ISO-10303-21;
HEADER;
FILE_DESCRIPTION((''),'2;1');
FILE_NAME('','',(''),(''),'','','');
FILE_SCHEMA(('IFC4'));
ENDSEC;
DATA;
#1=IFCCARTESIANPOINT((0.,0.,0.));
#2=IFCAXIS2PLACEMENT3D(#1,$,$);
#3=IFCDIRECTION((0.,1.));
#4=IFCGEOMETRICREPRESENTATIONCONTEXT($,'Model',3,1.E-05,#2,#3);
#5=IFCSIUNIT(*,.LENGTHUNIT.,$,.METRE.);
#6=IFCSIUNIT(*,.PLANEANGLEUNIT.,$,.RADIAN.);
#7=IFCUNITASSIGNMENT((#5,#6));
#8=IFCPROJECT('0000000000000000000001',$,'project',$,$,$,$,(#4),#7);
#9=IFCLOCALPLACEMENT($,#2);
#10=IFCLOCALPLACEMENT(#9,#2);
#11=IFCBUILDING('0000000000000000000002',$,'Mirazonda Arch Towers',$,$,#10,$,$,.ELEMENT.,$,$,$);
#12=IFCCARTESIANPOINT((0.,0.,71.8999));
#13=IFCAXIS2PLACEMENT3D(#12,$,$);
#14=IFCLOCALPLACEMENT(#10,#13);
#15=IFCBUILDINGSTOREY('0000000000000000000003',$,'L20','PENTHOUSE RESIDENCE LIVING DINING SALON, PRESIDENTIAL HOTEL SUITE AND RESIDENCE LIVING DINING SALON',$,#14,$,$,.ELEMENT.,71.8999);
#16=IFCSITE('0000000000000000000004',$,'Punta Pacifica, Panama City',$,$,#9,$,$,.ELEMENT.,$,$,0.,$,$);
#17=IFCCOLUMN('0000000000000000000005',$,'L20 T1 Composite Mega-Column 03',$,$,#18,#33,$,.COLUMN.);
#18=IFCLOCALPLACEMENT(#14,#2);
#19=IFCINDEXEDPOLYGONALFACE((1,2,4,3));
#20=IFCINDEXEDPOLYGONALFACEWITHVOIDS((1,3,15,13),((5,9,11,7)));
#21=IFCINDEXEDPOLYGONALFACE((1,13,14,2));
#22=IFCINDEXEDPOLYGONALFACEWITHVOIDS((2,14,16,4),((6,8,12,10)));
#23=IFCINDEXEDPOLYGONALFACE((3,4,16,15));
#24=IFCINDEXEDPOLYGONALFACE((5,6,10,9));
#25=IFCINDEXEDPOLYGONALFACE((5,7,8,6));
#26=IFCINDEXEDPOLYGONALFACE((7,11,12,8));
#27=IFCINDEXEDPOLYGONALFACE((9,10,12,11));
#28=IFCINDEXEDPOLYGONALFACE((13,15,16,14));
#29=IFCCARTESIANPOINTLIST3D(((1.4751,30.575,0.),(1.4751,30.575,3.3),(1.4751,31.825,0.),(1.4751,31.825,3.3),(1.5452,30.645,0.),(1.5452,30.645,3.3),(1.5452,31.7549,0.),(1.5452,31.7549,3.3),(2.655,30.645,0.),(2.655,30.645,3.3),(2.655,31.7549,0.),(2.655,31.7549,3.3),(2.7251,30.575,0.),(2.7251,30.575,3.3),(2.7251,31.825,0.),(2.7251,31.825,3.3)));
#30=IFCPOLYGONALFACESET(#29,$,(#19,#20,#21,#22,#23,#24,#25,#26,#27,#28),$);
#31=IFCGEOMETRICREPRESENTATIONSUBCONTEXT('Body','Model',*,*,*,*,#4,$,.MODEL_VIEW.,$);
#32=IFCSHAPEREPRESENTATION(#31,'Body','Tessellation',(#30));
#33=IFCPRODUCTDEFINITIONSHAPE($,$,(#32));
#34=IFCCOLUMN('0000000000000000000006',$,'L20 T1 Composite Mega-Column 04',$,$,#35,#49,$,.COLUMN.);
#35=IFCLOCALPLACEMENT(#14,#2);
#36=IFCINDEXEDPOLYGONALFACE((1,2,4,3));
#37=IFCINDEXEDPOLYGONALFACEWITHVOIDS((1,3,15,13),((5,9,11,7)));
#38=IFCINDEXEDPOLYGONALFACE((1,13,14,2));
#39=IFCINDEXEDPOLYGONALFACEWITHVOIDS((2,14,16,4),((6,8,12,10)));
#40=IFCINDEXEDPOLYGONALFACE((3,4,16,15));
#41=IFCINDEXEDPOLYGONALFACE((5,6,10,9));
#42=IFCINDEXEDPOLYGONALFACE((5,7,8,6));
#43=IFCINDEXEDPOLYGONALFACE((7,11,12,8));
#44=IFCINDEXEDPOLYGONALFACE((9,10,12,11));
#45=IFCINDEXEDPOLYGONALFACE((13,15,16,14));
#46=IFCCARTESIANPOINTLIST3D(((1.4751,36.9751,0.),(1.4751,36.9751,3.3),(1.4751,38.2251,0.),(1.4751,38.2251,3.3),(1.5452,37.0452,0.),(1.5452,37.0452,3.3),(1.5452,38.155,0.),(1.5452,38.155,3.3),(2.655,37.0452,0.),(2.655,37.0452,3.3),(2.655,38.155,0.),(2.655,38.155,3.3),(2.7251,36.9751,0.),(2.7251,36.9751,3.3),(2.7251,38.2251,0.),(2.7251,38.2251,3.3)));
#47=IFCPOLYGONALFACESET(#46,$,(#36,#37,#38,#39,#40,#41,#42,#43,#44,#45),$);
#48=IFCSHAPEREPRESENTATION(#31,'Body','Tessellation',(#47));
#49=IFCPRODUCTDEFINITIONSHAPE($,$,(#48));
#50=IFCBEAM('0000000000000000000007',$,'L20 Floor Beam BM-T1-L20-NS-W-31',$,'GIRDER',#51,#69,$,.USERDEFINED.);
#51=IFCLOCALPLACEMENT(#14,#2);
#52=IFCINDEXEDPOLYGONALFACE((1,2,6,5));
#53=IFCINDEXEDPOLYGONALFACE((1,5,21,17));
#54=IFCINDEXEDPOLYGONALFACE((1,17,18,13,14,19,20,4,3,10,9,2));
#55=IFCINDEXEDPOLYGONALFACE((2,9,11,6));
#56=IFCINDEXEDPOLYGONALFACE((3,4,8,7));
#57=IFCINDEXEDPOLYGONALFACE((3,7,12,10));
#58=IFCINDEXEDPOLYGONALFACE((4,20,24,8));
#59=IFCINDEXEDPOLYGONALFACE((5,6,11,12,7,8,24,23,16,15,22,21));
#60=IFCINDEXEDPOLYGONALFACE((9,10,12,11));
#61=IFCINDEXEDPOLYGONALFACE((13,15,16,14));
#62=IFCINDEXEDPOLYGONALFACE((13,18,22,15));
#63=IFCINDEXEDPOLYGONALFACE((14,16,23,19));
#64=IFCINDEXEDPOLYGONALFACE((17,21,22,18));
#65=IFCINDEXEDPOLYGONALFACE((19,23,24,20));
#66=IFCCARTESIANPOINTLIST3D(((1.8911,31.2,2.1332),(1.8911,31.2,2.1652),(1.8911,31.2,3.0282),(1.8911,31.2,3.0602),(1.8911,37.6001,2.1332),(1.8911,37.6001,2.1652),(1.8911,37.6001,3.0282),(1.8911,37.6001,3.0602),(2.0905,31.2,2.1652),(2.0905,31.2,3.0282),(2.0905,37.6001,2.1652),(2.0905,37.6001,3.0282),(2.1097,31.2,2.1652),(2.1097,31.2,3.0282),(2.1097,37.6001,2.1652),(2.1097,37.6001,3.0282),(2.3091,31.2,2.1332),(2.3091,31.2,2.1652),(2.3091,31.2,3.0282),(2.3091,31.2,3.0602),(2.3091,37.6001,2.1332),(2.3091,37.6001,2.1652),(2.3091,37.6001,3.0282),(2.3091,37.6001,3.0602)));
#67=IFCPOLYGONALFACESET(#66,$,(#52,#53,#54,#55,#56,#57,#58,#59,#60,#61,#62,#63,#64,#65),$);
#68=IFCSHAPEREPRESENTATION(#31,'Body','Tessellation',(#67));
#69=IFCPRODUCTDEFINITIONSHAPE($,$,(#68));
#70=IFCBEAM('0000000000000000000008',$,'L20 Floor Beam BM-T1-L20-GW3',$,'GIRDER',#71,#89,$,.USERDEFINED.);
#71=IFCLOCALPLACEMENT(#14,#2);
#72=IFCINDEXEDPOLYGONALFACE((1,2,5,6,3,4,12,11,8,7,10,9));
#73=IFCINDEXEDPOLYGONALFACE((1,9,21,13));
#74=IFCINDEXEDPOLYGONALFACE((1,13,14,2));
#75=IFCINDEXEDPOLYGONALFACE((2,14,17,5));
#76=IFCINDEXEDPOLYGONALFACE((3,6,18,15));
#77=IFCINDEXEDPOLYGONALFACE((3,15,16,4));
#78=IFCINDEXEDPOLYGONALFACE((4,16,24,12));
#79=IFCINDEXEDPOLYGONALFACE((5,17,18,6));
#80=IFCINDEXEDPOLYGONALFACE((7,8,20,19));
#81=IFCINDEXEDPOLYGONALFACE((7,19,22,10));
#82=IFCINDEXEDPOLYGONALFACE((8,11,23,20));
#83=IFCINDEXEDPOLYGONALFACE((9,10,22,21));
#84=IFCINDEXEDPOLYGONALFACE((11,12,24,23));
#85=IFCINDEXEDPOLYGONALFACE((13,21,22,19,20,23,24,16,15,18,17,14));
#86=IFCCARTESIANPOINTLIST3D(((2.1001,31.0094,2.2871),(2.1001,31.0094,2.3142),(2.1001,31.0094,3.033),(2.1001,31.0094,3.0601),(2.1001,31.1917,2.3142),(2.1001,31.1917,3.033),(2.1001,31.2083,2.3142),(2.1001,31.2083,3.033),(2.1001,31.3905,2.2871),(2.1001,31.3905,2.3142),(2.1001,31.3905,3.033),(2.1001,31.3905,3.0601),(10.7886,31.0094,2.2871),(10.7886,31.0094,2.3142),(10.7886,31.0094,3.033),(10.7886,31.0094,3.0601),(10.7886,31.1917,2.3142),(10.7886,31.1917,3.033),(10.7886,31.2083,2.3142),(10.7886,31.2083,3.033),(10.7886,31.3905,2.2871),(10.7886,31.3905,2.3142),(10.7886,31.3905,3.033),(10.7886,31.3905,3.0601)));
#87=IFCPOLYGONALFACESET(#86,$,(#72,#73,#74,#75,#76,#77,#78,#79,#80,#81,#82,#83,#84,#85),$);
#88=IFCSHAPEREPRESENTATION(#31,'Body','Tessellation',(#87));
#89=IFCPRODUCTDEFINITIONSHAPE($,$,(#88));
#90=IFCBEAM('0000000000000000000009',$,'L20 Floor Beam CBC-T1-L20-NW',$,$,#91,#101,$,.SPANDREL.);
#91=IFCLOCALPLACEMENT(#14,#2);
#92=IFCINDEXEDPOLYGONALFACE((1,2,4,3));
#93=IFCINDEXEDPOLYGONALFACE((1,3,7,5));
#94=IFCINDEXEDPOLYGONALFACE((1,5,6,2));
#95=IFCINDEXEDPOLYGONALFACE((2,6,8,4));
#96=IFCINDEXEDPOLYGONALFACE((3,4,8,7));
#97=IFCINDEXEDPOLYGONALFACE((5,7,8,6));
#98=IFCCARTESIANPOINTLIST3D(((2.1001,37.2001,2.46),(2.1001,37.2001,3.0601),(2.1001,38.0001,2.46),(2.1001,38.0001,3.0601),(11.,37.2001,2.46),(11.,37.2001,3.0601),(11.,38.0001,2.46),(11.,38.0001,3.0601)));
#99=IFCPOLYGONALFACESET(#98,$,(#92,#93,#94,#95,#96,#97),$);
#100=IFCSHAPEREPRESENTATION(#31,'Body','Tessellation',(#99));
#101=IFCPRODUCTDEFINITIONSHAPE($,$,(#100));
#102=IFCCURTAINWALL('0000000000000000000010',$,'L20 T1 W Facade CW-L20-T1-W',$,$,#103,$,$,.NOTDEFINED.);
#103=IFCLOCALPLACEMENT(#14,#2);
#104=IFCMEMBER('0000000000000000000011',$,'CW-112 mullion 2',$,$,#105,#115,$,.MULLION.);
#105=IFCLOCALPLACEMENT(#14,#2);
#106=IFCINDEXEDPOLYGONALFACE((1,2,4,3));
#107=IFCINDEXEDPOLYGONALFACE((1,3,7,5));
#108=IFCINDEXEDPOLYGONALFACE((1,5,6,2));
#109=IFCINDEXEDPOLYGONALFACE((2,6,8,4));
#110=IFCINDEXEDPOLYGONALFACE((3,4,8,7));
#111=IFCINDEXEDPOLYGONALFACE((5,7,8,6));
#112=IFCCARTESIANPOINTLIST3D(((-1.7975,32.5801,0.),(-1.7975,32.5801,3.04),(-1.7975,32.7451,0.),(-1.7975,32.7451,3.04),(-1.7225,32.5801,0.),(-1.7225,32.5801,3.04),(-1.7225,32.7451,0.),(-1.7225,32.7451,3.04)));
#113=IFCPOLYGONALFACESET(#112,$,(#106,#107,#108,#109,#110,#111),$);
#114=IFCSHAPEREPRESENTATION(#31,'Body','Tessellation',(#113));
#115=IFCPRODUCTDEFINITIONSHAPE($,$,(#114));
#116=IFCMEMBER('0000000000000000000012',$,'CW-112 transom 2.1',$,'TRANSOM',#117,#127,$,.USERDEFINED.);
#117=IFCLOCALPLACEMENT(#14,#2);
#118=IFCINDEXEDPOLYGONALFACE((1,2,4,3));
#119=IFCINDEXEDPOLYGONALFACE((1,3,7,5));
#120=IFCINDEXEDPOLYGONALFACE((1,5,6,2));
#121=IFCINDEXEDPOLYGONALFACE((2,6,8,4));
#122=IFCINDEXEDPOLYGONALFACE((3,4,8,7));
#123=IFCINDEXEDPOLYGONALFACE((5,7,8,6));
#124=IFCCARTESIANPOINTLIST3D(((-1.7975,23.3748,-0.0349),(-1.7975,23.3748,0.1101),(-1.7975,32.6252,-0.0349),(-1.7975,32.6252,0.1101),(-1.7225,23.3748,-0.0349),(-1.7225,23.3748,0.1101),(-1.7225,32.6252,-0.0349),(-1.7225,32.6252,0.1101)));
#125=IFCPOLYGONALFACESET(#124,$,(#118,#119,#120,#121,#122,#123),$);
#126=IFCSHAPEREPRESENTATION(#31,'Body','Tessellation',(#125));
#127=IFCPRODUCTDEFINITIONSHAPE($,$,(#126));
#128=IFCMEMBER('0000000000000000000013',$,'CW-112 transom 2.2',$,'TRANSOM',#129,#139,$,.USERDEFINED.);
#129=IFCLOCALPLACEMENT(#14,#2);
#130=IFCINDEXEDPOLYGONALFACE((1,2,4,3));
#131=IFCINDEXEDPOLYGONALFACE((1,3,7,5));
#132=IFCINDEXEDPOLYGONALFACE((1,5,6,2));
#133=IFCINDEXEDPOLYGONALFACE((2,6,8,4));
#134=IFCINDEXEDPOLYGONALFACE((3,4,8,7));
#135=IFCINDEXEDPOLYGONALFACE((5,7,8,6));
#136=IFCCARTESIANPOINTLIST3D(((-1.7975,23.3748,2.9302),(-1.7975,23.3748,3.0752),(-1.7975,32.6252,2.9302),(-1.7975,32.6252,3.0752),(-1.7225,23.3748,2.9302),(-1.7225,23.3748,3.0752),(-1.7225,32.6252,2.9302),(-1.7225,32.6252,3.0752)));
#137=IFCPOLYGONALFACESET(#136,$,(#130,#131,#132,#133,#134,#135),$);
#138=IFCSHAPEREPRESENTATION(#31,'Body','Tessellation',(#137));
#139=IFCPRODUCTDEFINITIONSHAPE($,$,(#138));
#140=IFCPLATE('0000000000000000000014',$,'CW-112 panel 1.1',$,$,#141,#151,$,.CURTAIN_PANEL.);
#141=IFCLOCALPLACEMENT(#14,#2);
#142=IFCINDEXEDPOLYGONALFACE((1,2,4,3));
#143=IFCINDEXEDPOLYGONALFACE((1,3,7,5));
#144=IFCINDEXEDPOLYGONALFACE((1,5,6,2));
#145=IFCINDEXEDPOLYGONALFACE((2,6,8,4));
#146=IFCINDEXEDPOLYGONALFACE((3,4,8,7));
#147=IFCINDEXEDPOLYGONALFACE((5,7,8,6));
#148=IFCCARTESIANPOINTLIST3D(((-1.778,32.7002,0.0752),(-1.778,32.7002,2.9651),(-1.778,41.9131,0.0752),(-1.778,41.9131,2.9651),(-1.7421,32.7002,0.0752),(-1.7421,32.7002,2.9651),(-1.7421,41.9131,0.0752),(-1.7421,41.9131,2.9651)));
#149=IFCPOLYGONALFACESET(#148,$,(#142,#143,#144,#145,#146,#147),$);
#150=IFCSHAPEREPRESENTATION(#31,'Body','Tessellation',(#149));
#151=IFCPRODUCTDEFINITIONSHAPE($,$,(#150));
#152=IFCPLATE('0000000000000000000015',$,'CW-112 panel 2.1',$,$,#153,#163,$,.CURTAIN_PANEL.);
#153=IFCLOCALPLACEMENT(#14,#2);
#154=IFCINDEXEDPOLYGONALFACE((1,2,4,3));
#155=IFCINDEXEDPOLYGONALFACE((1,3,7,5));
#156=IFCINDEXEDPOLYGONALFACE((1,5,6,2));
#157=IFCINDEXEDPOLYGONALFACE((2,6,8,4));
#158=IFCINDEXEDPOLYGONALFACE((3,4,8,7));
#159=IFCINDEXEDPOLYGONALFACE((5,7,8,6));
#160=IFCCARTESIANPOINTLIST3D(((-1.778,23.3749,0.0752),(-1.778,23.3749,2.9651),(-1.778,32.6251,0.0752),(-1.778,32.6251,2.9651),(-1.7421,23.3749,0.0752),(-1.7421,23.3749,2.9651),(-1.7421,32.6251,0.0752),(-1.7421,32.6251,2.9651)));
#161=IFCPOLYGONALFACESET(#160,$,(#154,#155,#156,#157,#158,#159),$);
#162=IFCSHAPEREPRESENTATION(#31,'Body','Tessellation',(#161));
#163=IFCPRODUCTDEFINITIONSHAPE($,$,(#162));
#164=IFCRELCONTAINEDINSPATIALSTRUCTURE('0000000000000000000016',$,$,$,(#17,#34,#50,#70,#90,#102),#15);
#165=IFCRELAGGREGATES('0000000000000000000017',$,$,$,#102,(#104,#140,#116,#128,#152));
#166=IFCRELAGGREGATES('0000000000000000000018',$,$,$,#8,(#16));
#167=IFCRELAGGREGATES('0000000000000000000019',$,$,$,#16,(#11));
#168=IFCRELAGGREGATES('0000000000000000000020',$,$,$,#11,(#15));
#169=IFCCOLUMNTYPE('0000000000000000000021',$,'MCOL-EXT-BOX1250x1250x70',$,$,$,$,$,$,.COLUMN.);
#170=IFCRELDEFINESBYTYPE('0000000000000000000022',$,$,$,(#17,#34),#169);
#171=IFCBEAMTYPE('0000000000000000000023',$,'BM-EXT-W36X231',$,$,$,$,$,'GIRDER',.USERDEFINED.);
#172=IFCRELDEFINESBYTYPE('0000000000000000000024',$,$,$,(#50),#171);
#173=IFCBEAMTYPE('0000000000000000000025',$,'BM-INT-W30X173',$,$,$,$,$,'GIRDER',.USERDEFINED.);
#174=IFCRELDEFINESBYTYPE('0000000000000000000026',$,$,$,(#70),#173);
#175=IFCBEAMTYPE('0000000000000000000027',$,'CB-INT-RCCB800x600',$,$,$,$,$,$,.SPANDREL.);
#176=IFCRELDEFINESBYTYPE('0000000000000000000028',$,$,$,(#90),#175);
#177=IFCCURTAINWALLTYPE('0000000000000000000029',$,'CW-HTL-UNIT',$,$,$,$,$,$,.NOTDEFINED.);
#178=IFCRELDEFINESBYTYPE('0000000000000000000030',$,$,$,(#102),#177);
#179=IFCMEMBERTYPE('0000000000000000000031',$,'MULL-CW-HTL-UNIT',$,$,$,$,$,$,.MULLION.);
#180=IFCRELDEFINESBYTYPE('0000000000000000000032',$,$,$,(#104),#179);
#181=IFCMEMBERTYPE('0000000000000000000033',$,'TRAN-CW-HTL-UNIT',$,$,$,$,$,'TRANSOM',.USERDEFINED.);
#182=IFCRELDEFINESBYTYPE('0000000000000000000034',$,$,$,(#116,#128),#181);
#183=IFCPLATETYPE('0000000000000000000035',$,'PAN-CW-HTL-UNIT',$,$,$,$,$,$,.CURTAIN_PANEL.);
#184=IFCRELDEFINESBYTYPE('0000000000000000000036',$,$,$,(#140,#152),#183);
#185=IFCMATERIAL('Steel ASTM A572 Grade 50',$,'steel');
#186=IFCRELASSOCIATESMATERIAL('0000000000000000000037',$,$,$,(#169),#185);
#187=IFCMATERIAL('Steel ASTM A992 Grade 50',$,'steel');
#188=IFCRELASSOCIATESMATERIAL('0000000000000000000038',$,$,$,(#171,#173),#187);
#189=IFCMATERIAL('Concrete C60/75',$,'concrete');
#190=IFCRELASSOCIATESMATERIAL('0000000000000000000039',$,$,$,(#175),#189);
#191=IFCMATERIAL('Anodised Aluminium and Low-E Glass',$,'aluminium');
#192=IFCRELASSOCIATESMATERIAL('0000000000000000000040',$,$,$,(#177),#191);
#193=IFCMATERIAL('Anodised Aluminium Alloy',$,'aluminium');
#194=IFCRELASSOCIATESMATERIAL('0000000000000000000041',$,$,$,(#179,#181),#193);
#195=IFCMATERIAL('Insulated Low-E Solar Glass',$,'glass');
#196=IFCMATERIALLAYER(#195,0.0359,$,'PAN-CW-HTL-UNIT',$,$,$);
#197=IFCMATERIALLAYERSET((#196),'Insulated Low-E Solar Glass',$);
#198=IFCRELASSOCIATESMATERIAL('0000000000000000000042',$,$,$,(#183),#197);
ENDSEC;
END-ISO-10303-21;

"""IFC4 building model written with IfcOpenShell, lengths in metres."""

from ifc_helpers import new_model, si_unit, direction, frame, origin, origin_2d, place, context, subcontext, project, spatial, rectangle, hollow_rectangle, i_section, extrude, material, layer, layer_set, material_profile, profile_set, type_object, element, aggregate, save


model = new_model("IFC4")

# Units and contexts
model_context = context("Model", 3, precision=1e-05, world=origin(), true_north=direction((0.0, 1.0)))
body_context = subcontext(model_context, "Body", "Model", "MODEL_VIEW")
ifc_project = project(units=[si_unit("LENGTHUNIT", "METRE"), si_unit("PLANEANGLEUNIT", "RADIAN")], contexts=[model_context])

# Site, building, storey
site_placement = place(None, origin())
site = spatial("IfcSite", under=ifc_project, at=site_placement, Name="Punta Pacifica, Panama City", CompositionType="ELEMENT", RefElevation=0.0)
building_placement = place(site_placement, origin())
building = spatial("IfcBuilding", under=site, at=building_placement, Name="Mirazonda Arch Towers", CompositionType="ELEMENT")
storey_placement = place(building_placement, frame((0.0, 0.0, 71.8999)))
storey = spatial("IfcBuildingStorey", under=building, at=storey_placement, Name="L20", Description="PENTHOUSE RESIDENCE LIVING DINING SALON, PRESIDENTIAL HOTEL SUITE AND RESIDENCE LIVING DINING SALON", CompositionType="ELEMENT", Elevation=71.8999)

# Columns
ifc_material_1 = material(Name="Steel ASTM A572 Grade 50", Category="steel")
ifc_material_profile_1 = material_profile(ifc_material_1, hollow_rectangle(XDim=1.25, YDim=1.25, WallThickness=0.0701, at=origin_2d()), Name="BOX1250x1250x70")
ifc_profile_set_1 = profile_set([ifc_material_profile_1], Name="Steel ASTM A572 Grade 50")
column_type = type_object("IfcColumnType", Name="MCOL-EXT-BOX1250x1250x70", PredefinedType="COLUMN", material=ifc_profile_set_1)
for number, where, z_axis, x_axis, name in (
    (1, (2.1001, 31.2, 0.0), (0.0, 0.0, 1.0), (1.0, 0.0, 0.0), "L20 T1 Composite Mega-Column 03"),
    (2, (2.1001, 37.6001, 0.0), (0.0, 0.0, 1.0), (1.0, 0.0, 0.0), "L20 T1 Composite Mega-Column 04"),
):
    element("IfcColumn", number, at=place(storey_placement, frame(where, z_axis=z_axis, x_axis=x_axis)), inside=storey, type_object=column_type, Name=name, PredefinedType="COLUMN", context=body_context, shape_type="SweptSolid", body=[
        extrude(hollow_rectangle(XDim=1.25, YDim=1.25, WallThickness=0.0701, at=origin_2d()), origin(), (0.0, 0.0, 1.0), 3.3),
    ])

# Beams
ifc_material_2 = material(Name="Steel ASTM A992 Grade 50", Category="steel")
ifc_material_profile_2 = material_profile(ifc_material_2, i_section(OverallWidth=0.418, OverallDepth=0.927, WebThickness=0.0193, FlangeThickness=0.032, at=origin_2d()), Name="W36X231")
ifc_profile_set_2 = profile_set([ifc_material_profile_2], Name="Steel ASTM A992 Grade 50")
beam_type_1 = type_object("IfcBeamType", Name="BM-EXT-W36X231", ElementType="GIRDER", PredefinedType="USERDEFINED", material=ifc_profile_set_2)
beam_1_placement = place(storey_placement, frame((2.1001, 31.2, 2.5967), z_axis=(0.0, 1.0, 0.0), x_axis=(-1.0, 0.0, 0.0)))
element("IfcBeam", 3, at=beam_1_placement, inside=storey, type_object=beam_type_1, Name="L20 Floor Beam BM-T1-L20-NS-W-31", ObjectType="GIRDER", PredefinedType="USERDEFINED", context=body_context, shape_type="SweptSolid", body=[
    extrude(i_section(OverallWidth=0.418, OverallDepth=0.927, WebThickness=0.0193, FlangeThickness=0.032, at=origin_2d()), origin(), (0.0, 0.0, 1.0), 6.4001),
])
ifc_material_profile_3 = material_profile(ifc_material_2, i_section(OverallWidth=0.3811, OverallDepth=0.7729, WebThickness=0.0166, FlangeThickness=0.0271, at=origin_2d()), Name="W30X173")
ifc_profile_set_3 = profile_set([ifc_material_profile_3], Name="Steel ASTM A992 Grade 50")
beam_type_2 = type_object("IfcBeamType", Name="BM-INT-W30X173", ElementType="GIRDER", PredefinedType="USERDEFINED", material=ifc_profile_set_3)
beam_2_placement = place(storey_placement, frame((2.1001, 31.2, 2.6736), z_axis=(1.0, 0.0, 0.0), x_axis=(0.0, 1.0, 0.0)))
element("IfcBeam", 4, at=beam_2_placement, inside=storey, type_object=beam_type_2, Name="L20 Floor Beam BM-T1-L20-GW3", ObjectType="GIRDER", PredefinedType="USERDEFINED", context=body_context, shape_type="SweptSolid", body=[
    extrude(i_section(OverallWidth=0.3811, OverallDepth=0.7729, WebThickness=0.0166, FlangeThickness=0.0271, at=origin_2d()), origin(), (0.0, 0.0, 1.0), 8.6885),
])
ifc_material_3 = material(Name="Concrete C60/75", Category="concrete")
ifc_material_profile_4 = material_profile(ifc_material_3, rectangle(XDim=0.8, YDim=0.6001, at=origin_2d()), Name="RCCB800x600")
ifc_profile_set_4 = profile_set([ifc_material_profile_4], Name="Concrete C60/75")
beam_type_3 = type_object("IfcBeamType", Name="CB-INT-RCCB800x600", PredefinedType="SPANDREL", material=ifc_profile_set_4)
beam_3_placement = place(storey_placement, frame((2.1001, 37.6001, 2.76), z_axis=(1.0, 0.0, 0.0), x_axis=(0.0, 1.0, 0.0)))
element("IfcBeam", 5, at=beam_3_placement, inside=storey, type_object=beam_type_3, Name="L20 Floor Beam CBC-T1-L20-NW", PredefinedType="SPANDREL", context=body_context, shape_type="SweptSolid", body=[
    extrude(rectangle(XDim=0.8, YDim=0.6001, at=origin_2d()), origin(), (0.0, 0.0, 1.0), 8.8999),
])

# Curtain wall, members, plates
ifc_material_4 = material(Name="Anodised Aluminium and Low-E Glass", Category="aluminium")
curtain_wall_type = type_object("IfcCurtainWallType", Name="CW-HTL-UNIT", PredefinedType="NOTDEFINED", material=ifc_material_4)
curtain_wall_placement = place(storey_placement, origin())
curtain_wall = element("IfcCurtainWall", 6, at=curtain_wall_placement, inside=storey, type_object=curtain_wall_type, Name="L20 T1 W Facade CW-L20-T1-W", PredefinedType="NOTDEFINED")
ifc_material_5 = material(Name="Anodised Aluminium Alloy", Category="aluminium")
ifc_material_profile_5 = material_profile(ifc_material_5, rectangle(XDim=0.075, YDim=0.165, at=origin_2d()), Name="ALU-MULL-75x165")
ifc_profile_set_5 = profile_set([ifc_material_profile_5], Name="Anodised Aluminium Alloy")
member_type_1 = type_object("IfcMemberType", Name="MULL-CW-HTL-UNIT", PredefinedType="MULLION", material=ifc_profile_set_5)
member_1_placement = place(storey_placement, frame((-1.76, 32.6626, 0.0), z_axis=(0.0, 0.0, 1.0), x_axis=(1.0, 0.0, 0.0)))
member_1 = element("IfcMember", 7, at=member_1_placement, type_object=member_type_1, Name="CW-112 mullion 2", PredefinedType="MULLION", context=body_context, shape_type="SweptSolid", body=[
    extrude(rectangle(XDim=0.075, YDim=0.165, at=origin_2d()), origin(), (0.0, 0.0, 1.0), 3.04),
])
ifc_material_profile_6 = material_profile(ifc_material_5, rectangle(XDim=0.075, YDim=0.145, at=origin_2d()), Name="ALU-TRAN-75x145")
ifc_profile_set_6 = profile_set([ifc_material_profile_6], Name="Anodised Aluminium Alloy")
member_type_2 = type_object("IfcMemberType", Name="TRAN-CW-HTL-UNIT", ElementType="TRANSOM", PredefinedType="USERDEFINED", material=ifc_profile_set_6)
member_2_placement = place(storey_placement, frame((-1.76, 32.6252, 0.0376), z_axis=(0.0, -1.0, 0.0), x_axis=(1.0, 0.0, 0.0)))
member_2 = element("IfcMember", 8, at=member_2_placement, type_object=member_type_2, Name="CW-112 transom 2.1", ObjectType="TRANSOM", PredefinedType="USERDEFINED", context=body_context, shape_type="SweptSolid", body=[
    extrude(rectangle(XDim=0.075, YDim=0.145, at=origin_2d()), origin(), (0.0, 0.0, 1.0), 9.2505),
])
member_3_placement = place(storey_placement, frame((-1.76, 32.6252, 3.0027), z_axis=(0.0, -1.0, 0.0), x_axis=(1.0, 0.0, 0.0)))
member_3 = element("IfcMember", 9, at=member_3_placement, type_object=member_type_2, Name="CW-112 transom 2.2", ObjectType="TRANSOM", PredefinedType="USERDEFINED", context=body_context, shape_type="SweptSolid", body=[
    extrude(rectangle(XDim=0.075, YDim=0.145, at=origin_2d()), origin(), (0.0, 0.0, 1.0), 9.2505),
])
ifc_material_6 = material(Name="Insulated Low-E Solar Glass", Category="glass")
ifc_layer_1 = layer(ifc_material_6, 0.0359, Name="PAN-CW-HTL-UNIT")
ifc_layer_set_1 = layer_set([ifc_layer_1], Name="Insulated Low-E Solar Glass")
plate_type = type_object("IfcPlateType", Name="PAN-CW-HTL-UNIT", PredefinedType="CURTAIN_PANEL", material=ifc_layer_set_1)
plate_1_placement = place(storey_placement, frame((-1.76, 37.3066, 0.0752), z_axis=(0.0, 0.0, 1.0), x_axis=(0.0, -1.0, 0.0)))
plate_1 = element("IfcPlate", 10, at=plate_1_placement, type_object=plate_type, Name="CW-112 panel 1.1", PredefinedType="CURTAIN_PANEL", context=body_context, shape_type="SweptSolid", body=[
    extrude(rectangle(XDim=9.2129, YDim=0.0359, at=origin_2d()), origin(), (0.0, 0.0, 1.0), 2.8899),
])
plate_2_placement = place(storey_placement, frame((-1.76, 28.0, 0.0752), z_axis=(0.0, 0.0, 1.0), x_axis=(0.0, -1.0, 0.0)))
plate_2 = element("IfcPlate", 11, at=plate_2_placement, type_object=plate_type, Name="CW-112 panel 2.1", PredefinedType="CURTAIN_PANEL", context=body_context, shape_type="SweptSolid", body=[
    extrude(rectangle(XDim=9.2502, YDim=0.0359, at=origin_2d()), origin(), (0.0, 0.0, 1.0), 2.8899),
])
aggregate(curtain_wall, [member_1, plate_1, member_2, member_3, plate_2])

save(model, "model.ifc")
